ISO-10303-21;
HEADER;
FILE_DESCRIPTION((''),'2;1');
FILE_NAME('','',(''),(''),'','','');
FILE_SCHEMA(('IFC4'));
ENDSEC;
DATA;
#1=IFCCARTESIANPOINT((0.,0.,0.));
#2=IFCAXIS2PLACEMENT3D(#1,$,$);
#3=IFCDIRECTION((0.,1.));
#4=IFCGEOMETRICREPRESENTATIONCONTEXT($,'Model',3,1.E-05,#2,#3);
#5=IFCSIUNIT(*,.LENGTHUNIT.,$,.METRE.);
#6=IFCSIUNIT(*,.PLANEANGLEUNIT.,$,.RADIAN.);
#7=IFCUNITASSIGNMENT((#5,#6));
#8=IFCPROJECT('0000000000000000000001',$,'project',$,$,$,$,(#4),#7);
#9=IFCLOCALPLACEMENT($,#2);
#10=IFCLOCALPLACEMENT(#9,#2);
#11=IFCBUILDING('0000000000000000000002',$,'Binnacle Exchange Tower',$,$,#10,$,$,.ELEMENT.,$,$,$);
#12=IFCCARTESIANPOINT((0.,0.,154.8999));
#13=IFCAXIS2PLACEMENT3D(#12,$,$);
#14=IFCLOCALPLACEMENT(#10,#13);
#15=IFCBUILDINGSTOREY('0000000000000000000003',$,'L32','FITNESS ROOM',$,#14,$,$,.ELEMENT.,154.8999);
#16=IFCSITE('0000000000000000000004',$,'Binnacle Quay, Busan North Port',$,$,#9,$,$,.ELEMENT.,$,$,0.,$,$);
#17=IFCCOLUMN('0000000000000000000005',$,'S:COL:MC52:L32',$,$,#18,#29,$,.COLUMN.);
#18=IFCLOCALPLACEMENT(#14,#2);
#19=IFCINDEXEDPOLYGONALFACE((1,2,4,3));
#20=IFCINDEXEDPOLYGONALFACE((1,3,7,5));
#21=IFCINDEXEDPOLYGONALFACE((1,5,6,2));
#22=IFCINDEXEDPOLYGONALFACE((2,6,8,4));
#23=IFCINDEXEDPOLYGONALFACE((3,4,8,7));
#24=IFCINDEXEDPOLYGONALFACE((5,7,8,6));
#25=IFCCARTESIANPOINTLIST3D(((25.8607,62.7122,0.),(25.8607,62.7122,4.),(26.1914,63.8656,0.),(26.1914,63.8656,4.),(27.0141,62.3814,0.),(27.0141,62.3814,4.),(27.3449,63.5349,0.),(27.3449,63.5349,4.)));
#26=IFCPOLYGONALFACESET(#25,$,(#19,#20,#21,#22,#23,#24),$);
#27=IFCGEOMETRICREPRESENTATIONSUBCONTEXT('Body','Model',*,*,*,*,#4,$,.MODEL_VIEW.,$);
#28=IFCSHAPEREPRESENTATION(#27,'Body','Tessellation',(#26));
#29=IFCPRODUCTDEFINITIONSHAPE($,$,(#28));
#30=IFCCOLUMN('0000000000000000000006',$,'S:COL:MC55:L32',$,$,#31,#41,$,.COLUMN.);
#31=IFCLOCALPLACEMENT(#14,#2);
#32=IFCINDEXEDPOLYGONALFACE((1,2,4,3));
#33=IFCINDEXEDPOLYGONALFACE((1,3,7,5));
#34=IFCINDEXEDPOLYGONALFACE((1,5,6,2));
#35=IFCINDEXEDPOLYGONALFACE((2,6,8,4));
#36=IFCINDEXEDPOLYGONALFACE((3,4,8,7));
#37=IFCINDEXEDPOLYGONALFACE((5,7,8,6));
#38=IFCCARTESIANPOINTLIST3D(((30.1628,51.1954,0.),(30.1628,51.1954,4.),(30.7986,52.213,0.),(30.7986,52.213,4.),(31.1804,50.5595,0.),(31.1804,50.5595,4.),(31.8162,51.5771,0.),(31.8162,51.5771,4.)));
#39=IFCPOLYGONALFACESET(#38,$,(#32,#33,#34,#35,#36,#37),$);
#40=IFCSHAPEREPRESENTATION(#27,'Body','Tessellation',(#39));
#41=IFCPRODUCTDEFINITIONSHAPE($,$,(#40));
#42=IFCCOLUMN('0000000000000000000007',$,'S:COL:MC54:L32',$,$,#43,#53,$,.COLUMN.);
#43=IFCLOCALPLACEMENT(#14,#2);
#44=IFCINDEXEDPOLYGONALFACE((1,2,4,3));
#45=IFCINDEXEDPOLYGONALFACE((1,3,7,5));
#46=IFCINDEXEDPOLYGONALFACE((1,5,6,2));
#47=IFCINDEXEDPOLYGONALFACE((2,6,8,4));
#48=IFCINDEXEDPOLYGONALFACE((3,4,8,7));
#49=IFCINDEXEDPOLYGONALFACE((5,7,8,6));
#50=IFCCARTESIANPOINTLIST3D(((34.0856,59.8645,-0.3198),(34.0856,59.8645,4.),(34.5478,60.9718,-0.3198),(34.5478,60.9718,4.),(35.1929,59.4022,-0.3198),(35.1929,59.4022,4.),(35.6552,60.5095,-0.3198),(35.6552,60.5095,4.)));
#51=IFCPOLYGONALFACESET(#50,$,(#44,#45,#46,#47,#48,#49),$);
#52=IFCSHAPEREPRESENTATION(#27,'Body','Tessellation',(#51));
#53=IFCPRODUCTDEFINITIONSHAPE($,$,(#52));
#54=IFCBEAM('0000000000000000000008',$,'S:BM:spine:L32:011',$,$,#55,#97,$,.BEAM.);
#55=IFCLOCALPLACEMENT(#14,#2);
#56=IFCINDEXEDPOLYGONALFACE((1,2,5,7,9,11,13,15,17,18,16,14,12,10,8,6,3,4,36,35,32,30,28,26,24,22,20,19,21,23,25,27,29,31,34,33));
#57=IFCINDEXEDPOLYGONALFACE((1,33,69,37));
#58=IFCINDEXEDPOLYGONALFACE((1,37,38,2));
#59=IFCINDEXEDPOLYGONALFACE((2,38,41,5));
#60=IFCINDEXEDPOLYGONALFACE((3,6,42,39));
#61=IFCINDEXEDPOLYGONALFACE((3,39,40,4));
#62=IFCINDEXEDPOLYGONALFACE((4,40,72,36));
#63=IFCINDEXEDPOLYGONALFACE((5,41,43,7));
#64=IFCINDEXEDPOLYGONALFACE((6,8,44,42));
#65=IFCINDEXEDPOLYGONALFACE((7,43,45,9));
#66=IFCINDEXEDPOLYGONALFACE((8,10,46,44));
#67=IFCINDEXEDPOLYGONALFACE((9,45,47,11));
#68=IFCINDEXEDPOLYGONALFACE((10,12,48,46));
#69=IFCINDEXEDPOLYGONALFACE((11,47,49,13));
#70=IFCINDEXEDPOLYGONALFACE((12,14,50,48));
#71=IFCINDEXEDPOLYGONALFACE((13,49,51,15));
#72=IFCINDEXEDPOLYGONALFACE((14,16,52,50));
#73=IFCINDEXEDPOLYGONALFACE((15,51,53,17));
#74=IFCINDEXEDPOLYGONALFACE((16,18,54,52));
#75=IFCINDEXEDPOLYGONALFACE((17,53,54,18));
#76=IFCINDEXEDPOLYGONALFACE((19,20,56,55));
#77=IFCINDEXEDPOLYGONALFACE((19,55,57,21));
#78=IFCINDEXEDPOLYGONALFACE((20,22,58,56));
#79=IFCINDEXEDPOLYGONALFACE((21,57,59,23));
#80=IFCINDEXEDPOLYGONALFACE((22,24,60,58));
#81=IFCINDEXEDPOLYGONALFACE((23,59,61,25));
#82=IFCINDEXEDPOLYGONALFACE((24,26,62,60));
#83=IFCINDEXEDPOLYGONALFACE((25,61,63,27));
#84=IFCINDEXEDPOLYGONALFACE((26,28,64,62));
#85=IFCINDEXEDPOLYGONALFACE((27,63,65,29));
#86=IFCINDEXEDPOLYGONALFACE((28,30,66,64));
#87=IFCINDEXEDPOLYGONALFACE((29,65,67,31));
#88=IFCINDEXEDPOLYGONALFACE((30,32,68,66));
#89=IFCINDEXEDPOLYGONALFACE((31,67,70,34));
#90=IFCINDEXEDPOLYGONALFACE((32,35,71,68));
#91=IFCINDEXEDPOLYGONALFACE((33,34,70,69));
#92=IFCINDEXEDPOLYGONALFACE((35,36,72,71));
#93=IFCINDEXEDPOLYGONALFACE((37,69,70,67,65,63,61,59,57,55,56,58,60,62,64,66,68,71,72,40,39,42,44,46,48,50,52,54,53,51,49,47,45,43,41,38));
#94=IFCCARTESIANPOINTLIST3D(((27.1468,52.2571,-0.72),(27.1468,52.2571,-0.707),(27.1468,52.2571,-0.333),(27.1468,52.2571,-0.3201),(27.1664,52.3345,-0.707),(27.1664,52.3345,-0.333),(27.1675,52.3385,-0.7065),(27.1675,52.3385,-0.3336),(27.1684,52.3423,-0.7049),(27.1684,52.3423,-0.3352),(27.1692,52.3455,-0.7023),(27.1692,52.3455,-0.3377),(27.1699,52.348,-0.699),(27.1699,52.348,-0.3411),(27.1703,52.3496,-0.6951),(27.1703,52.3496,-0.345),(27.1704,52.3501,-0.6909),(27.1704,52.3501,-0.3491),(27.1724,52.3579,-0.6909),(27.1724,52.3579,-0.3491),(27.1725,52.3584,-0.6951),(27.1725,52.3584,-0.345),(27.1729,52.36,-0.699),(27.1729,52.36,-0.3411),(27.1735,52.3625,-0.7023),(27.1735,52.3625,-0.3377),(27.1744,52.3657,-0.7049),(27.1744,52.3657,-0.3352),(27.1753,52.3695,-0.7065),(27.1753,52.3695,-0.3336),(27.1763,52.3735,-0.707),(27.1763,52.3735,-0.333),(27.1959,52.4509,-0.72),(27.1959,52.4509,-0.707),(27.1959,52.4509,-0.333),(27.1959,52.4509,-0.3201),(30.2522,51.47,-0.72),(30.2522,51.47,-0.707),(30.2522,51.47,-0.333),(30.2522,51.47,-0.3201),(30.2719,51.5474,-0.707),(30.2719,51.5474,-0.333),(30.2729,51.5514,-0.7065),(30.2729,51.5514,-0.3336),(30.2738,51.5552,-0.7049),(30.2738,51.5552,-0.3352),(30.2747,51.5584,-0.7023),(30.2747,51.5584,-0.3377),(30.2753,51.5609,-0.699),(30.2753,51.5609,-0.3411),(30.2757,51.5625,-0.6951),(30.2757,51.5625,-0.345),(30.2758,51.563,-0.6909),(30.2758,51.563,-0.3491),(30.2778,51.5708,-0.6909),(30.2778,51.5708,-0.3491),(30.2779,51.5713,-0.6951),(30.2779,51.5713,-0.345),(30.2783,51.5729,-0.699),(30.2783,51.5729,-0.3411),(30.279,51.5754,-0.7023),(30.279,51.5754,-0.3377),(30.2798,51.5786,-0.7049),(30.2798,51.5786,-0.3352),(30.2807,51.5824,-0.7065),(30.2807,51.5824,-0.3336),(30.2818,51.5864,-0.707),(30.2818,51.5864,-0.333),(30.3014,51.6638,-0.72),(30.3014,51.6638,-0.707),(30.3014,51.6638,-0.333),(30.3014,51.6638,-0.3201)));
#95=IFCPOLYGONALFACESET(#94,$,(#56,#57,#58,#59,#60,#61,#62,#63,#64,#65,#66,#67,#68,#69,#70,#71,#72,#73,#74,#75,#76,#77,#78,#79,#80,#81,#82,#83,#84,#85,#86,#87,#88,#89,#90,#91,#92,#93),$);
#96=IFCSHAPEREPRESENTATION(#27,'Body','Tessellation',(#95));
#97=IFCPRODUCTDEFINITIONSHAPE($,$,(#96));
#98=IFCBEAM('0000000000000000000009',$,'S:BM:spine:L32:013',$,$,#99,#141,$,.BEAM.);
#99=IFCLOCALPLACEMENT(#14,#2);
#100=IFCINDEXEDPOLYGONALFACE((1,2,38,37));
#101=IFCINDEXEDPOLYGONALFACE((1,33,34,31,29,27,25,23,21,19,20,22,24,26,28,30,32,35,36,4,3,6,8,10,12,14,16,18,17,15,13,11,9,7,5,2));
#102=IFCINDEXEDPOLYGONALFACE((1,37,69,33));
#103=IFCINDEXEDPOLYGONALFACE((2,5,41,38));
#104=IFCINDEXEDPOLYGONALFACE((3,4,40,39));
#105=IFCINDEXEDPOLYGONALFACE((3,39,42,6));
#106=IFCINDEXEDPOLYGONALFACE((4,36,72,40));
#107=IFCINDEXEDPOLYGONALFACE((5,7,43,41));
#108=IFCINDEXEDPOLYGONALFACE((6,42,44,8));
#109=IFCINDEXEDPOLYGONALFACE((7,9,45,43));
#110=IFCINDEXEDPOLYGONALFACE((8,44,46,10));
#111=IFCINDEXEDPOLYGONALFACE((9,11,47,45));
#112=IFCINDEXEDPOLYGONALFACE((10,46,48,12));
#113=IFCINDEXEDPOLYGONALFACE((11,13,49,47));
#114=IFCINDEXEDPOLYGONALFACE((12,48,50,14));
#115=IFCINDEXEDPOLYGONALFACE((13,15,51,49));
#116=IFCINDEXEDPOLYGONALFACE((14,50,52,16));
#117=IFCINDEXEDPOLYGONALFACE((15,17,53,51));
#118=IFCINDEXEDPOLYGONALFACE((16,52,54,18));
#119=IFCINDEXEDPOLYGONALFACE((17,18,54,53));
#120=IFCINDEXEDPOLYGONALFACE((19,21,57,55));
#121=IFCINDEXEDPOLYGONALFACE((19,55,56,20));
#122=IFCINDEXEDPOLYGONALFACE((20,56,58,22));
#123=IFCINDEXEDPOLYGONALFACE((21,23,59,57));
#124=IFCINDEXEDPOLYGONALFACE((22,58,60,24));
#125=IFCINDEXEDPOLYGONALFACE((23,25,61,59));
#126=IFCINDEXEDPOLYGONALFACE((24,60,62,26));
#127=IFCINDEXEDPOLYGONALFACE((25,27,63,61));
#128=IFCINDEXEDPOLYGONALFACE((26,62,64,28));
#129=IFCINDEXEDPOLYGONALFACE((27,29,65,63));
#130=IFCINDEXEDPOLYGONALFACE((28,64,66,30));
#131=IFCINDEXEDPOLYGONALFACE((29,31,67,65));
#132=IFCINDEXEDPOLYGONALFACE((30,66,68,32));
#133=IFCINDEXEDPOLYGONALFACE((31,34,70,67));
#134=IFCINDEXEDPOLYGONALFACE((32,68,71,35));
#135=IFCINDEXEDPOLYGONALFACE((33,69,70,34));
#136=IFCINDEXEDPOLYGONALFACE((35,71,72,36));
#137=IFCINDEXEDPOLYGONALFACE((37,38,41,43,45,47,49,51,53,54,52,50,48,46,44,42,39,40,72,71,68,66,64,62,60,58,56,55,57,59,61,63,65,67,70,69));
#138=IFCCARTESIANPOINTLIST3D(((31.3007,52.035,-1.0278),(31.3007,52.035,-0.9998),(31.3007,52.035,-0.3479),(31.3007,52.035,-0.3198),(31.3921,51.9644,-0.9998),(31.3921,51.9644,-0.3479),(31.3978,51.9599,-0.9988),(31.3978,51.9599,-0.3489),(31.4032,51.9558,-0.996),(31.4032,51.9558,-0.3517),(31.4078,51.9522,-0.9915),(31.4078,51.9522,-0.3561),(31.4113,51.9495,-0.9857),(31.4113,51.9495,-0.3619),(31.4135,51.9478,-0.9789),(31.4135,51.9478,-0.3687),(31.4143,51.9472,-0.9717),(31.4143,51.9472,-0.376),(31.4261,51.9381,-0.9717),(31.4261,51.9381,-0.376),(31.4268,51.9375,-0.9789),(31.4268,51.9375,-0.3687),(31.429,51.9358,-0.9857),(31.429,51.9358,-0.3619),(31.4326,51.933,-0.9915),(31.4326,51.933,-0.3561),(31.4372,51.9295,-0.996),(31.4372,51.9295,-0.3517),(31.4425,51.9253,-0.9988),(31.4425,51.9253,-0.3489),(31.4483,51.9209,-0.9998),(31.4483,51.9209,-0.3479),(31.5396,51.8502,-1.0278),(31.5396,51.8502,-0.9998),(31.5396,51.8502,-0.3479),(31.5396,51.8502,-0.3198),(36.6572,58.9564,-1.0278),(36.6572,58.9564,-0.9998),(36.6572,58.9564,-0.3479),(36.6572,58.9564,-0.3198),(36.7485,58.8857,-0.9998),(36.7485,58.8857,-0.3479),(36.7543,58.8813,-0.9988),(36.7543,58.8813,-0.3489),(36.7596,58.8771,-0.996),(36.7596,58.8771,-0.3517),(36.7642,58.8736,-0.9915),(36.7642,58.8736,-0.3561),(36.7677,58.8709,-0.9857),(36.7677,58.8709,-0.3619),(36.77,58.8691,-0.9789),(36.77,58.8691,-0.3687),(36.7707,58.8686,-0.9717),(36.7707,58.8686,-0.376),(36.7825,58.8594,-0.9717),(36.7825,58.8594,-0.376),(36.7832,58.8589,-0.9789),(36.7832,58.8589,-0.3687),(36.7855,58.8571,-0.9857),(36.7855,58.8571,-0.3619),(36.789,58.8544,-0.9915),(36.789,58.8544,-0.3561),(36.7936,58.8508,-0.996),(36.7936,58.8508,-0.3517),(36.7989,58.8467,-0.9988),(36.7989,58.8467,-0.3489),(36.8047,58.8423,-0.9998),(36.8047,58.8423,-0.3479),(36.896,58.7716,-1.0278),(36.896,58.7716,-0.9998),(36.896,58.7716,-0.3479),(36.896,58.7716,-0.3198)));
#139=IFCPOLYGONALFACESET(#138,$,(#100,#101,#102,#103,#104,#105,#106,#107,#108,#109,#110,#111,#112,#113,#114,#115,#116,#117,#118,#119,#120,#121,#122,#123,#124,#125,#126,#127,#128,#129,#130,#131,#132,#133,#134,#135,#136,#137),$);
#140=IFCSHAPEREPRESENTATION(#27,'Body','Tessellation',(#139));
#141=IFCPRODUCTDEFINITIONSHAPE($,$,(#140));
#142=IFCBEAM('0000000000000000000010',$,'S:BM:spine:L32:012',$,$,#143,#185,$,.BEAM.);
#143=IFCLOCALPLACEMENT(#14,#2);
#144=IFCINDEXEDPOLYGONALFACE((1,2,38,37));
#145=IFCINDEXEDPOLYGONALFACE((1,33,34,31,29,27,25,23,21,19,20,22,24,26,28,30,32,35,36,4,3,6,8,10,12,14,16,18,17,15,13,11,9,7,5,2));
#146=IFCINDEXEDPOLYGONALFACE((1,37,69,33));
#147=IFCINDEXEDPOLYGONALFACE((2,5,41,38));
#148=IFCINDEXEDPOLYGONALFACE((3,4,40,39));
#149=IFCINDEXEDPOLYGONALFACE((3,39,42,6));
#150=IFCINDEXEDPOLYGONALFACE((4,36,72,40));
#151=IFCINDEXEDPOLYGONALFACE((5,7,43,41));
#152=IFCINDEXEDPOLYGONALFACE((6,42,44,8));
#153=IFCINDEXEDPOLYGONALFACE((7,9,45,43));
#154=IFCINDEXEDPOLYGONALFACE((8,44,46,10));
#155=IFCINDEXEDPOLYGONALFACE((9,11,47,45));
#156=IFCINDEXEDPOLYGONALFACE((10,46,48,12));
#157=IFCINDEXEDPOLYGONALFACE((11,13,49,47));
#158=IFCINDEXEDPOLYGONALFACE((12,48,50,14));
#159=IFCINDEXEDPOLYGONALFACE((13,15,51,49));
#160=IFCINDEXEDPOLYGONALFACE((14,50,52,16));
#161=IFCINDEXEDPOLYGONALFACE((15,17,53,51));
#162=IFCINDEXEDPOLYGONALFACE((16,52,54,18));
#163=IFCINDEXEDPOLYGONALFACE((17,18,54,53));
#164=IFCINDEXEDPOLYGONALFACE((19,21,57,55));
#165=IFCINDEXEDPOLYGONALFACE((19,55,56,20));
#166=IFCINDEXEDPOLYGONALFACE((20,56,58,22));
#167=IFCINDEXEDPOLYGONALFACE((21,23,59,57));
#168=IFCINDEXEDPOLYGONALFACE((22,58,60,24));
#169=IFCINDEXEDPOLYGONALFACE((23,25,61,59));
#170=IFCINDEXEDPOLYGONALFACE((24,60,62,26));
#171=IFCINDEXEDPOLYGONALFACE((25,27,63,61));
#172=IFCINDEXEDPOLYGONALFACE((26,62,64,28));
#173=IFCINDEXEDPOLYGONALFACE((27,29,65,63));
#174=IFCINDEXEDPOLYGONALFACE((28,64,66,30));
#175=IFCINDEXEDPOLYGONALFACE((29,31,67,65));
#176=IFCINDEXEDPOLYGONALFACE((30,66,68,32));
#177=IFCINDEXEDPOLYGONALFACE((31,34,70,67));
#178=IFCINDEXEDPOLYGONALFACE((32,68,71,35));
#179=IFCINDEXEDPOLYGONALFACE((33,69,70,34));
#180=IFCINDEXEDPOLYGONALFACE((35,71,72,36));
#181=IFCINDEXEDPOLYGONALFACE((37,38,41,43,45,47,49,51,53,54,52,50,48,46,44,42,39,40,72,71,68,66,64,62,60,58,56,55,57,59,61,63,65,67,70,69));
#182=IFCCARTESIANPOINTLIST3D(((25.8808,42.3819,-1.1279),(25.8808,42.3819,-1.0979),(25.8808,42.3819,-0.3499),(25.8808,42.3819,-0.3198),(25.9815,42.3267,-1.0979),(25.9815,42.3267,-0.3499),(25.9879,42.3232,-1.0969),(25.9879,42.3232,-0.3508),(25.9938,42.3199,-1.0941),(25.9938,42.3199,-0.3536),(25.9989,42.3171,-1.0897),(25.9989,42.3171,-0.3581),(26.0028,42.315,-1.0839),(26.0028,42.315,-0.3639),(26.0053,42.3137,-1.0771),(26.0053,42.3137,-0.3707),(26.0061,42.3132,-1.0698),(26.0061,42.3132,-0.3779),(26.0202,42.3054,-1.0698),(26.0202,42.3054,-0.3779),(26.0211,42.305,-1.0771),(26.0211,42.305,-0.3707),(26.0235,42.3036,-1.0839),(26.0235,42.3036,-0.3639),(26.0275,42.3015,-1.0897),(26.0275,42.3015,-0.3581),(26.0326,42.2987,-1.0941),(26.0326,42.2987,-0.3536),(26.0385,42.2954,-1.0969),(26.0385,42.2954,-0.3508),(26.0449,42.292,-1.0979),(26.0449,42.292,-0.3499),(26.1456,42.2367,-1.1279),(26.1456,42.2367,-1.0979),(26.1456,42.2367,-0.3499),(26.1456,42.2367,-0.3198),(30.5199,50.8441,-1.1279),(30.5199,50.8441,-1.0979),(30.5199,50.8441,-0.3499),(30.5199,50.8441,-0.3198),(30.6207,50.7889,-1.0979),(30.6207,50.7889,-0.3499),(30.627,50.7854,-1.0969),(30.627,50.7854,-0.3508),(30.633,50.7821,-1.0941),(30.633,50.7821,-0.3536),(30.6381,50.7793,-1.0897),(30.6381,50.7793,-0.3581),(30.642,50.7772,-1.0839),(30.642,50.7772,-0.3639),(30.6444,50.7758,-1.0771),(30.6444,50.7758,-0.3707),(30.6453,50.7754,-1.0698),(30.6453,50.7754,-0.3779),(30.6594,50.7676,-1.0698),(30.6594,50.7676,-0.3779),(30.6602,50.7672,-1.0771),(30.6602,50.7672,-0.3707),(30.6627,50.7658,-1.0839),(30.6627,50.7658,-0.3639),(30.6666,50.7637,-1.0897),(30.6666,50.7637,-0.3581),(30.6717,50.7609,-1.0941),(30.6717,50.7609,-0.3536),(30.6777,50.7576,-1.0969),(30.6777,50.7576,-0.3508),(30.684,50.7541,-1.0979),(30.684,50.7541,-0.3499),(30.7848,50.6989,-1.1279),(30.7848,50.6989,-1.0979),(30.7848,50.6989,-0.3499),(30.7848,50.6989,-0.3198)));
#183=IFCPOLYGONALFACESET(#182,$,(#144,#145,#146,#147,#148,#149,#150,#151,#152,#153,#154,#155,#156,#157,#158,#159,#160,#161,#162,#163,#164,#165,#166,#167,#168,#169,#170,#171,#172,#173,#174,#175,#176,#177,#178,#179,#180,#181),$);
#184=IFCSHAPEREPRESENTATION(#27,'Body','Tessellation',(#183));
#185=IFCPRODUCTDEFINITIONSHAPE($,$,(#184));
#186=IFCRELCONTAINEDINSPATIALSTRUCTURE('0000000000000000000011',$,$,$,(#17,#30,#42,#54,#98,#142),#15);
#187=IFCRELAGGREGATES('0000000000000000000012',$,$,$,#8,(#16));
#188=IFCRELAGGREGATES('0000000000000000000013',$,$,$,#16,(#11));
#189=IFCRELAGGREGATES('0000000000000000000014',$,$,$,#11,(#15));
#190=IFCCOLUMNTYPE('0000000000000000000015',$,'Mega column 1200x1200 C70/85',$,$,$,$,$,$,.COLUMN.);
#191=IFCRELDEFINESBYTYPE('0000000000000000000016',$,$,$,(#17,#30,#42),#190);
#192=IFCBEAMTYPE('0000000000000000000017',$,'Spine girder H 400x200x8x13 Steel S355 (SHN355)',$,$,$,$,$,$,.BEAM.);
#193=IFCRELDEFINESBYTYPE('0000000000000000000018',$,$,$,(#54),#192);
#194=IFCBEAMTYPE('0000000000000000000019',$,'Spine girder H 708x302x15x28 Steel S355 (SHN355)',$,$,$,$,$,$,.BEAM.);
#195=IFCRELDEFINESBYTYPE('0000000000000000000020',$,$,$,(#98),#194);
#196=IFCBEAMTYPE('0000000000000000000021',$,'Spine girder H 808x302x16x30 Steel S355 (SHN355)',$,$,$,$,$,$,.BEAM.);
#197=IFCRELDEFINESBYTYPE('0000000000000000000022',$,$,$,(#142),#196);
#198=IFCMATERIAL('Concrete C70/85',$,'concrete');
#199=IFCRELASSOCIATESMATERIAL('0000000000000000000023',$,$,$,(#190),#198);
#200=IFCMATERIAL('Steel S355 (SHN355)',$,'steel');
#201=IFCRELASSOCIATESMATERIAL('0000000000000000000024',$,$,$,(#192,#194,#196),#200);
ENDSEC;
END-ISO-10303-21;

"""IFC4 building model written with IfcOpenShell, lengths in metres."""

from ifc_helpers import new_model, si_unit, direction, frame, origin, origin_2d, place, context, subcontext, project, spatial, rectangle, i_section, extrude, material, material_profile, profile_set, type_object, element, save


model = new_model("IFC4")

# Units and contexts
model_context = context("Model", 3, precision=1e-05, world=origin(), true_north=direction((0.0, 1.0)))
body_context = subcontext(model_context, "Body", "Model", "MODEL_VIEW")
ifc_project = project(units=[si_unit("LENGTHUNIT", "METRE"), si_unit("PLANEANGLEUNIT", "RADIAN")], contexts=[model_context])

# Site, building, storey
site_placement = place(None, origin())
site = spatial("IfcSite", under=ifc_project, at=site_placement, Name="Binnacle Quay, Busan North Port", CompositionType="ELEMENT", RefElevation=0.0)
building_placement = place(site_placement, origin())
building = spatial("IfcBuilding", under=site, at=building_placement, Name="Binnacle Exchange Tower", CompositionType="ELEMENT")
storey_placement = place(building_placement, frame((0.0, 0.0, 154.8999)))
storey = spatial("IfcBuildingStorey", under=building, at=storey_placement, Name="L32", Description="FITNESS ROOM", CompositionType="ELEMENT", Elevation=154.8999)

# Columns
ifc_material_1 = material(Name="Concrete C70/85", Category="concrete")
ifc_material_profile_1 = material_profile(ifc_material_1, rectangle(XDim=1.2, YDim=1.2, at=origin_2d()), Name="Mega column 1200x1200 C70/85")
ifc_profile_set_1 = profile_set([ifc_material_profile_1], Name="Concrete C70/85")
column_type = type_object("IfcColumnType", Name="Mega column 1200x1200 C70/85", PredefinedType="COLUMN", material=ifc_profile_set_1)
for number, where, z_axis, x_axis, name in (
    (1, (26.6028, 63.1235, 0.0), (0.0, 0.0, 1.0), (-0.961262, 0.275637, 0.0), "S:COL:MC52:L32"),
    (2, (30.9895, 51.3862, 0.0), (0.0, 0.0, 1.0), (0.529919, 0.848048, 0.0), "S:COL:MC55:L32"),
):
    element("IfcColumn", number, at=place(storey_placement, frame(where, z_axis=z_axis, x_axis=x_axis)), inside=storey, type_object=column_type, Name=name, PredefinedType="COLUMN", context=body_context, shape_type="SweptSolid", body=[
        extrude(rectangle(XDim=1.2, YDim=1.2, at=origin_2d()), origin(), (0.0, 0.0, 1.0), 4.0),
    ])
column_placement = place(storey_placement, frame((34.8704, 60.187, -0.3198), z_axis=(0.0, 0.0, 1.0), x_axis=(-0.922814, 0.385246, 0.0)))
element("IfcColumn", 3, at=column_placement, inside=storey, type_object=column_type, Name="S:COL:MC54:L32", PredefinedType="COLUMN", context=body_context, shape_type="SweptSolid", body=[
    extrude(rectangle(XDim=1.2, YDim=1.2, at=origin_2d()), origin(), (0.0, 0.0, 1.0), 4.3198),
])

# Beams
ifc_material_2 = material(Name="Steel S355 (SHN355)", Category="steel")
ifc_material_profile_2 = material_profile(ifc_material_2, i_section(OverallWidth=0.2, OverallDepth=0.3999, WebThickness=0.0081, FlangeThickness=0.0129, FilletRadius=0.0161, at=origin_2d()), Name="H 400x200x8x13")
ifc_profile_set_2 = profile_set([ifc_material_profile_2], Name="Steel S355 (SHN355)")
beam_type_1 = type_object("IfcBeamType", Name="Spine girder H 400x200x8x13 Steel S355 (SHN355)", PredefinedType="BEAM", material=ifc_profile_set_2)
beam_1_placement = place(storey_placement, frame((27.1714, 52.354, -0.52), z_axis=(0.969348, -0.24569, 0.0), x_axis=(0.24569, 0.969348, 0.0)))
element("IfcBeam", 4, at=beam_1_placement, inside=storey, type_object=beam_type_1, Name="S:BM:spine:L32:011", PredefinedType="BEAM", context=body_context, shape_type="SweptSolid", body=[
    extrude(i_section(OverallWidth=0.2, OverallDepth=0.3999, WebThickness=0.0081, FlangeThickness=0.0129, FilletRadius=0.0161, at=origin_2d()), origin(), (0.0, 0.0, 1.0), 3.2036),
])
ifc_material_profile_3 = material_profile(ifc_material_2, i_section(OverallWidth=0.302, OverallDepth=0.708, WebThickness=0.0149, FlangeThickness=0.0281, FilletRadius=0.0281, at=origin_2d()), Name="H 708x302x15x28")
ifc_profile_set_3 = profile_set([ifc_material_profile_3], Name="Steel S355 (SHN355)")
beam_type_2 = type_object("IfcBeamType", Name="Spine girder H 708x302x15x28 Steel S355 (SHN355)", PredefinedType="BEAM", material=ifc_profile_set_3)
beam_2_placement = place(storey_placement, frame((31.4202, 51.9426, -0.6738), z_axis=(0.612027, 0.790837, 0.0), x_axis=(-0.790837, 0.612027, 0.0)))
element("IfcBeam", 5, at=beam_2_placement, inside=storey, type_object=beam_type_2, Name="S:BM:spine:L32:013", PredefinedType="BEAM", context=body_context, shape_type="SweptSolid", body=[
    extrude(i_section(OverallWidth=0.302, OverallDepth=0.708, WebThickness=0.0149, FlangeThickness=0.0281, FilletRadius=0.0281, at=origin_2d()), origin(), (0.0, 0.0, 1.0), 8.752),
])
ifc_material_profile_4 = material_profile(ifc_material_2, i_section(OverallWidth=0.302, OverallDepth=0.8081, WebThickness=0.0161, FlangeThickness=0.03, FilletRadius=0.0281, at=origin_2d()), Name="H 808x302x16x30")
ifc_profile_set_4 = profile_set([ifc_material_profile_4], Name="Steel S355 (SHN355)")
beam_type_3 = type_object("IfcBeamType", Name="Spine girder H 808x302x16x30 Steel S355 (SHN355)", PredefinedType="BEAM", material=ifc_profile_set_4)
beam_3_placement = place(storey_placement, frame((30.6523, 50.7715, -0.7239), z_axis=(-0.480723, -0.876873, 0.0), x_axis=(0.876873, -0.480723, 0.0)))
element("IfcBeam", 6, at=beam_3_placement, inside=storey, type_object=beam_type_3, Name="S:BM:spine:L32:012", PredefinedType="BEAM", context=body_context, shape_type="SweptSolid", body=[
    extrude(i_section(OverallWidth=0.302, OverallDepth=0.8081, WebThickness=0.0161, FlangeThickness=0.03, FilletRadius=0.0281, at=origin_2d()), origin(), (0.0, 0.0, 1.0), 9.6504),
])

save(model, "model.ifc")
